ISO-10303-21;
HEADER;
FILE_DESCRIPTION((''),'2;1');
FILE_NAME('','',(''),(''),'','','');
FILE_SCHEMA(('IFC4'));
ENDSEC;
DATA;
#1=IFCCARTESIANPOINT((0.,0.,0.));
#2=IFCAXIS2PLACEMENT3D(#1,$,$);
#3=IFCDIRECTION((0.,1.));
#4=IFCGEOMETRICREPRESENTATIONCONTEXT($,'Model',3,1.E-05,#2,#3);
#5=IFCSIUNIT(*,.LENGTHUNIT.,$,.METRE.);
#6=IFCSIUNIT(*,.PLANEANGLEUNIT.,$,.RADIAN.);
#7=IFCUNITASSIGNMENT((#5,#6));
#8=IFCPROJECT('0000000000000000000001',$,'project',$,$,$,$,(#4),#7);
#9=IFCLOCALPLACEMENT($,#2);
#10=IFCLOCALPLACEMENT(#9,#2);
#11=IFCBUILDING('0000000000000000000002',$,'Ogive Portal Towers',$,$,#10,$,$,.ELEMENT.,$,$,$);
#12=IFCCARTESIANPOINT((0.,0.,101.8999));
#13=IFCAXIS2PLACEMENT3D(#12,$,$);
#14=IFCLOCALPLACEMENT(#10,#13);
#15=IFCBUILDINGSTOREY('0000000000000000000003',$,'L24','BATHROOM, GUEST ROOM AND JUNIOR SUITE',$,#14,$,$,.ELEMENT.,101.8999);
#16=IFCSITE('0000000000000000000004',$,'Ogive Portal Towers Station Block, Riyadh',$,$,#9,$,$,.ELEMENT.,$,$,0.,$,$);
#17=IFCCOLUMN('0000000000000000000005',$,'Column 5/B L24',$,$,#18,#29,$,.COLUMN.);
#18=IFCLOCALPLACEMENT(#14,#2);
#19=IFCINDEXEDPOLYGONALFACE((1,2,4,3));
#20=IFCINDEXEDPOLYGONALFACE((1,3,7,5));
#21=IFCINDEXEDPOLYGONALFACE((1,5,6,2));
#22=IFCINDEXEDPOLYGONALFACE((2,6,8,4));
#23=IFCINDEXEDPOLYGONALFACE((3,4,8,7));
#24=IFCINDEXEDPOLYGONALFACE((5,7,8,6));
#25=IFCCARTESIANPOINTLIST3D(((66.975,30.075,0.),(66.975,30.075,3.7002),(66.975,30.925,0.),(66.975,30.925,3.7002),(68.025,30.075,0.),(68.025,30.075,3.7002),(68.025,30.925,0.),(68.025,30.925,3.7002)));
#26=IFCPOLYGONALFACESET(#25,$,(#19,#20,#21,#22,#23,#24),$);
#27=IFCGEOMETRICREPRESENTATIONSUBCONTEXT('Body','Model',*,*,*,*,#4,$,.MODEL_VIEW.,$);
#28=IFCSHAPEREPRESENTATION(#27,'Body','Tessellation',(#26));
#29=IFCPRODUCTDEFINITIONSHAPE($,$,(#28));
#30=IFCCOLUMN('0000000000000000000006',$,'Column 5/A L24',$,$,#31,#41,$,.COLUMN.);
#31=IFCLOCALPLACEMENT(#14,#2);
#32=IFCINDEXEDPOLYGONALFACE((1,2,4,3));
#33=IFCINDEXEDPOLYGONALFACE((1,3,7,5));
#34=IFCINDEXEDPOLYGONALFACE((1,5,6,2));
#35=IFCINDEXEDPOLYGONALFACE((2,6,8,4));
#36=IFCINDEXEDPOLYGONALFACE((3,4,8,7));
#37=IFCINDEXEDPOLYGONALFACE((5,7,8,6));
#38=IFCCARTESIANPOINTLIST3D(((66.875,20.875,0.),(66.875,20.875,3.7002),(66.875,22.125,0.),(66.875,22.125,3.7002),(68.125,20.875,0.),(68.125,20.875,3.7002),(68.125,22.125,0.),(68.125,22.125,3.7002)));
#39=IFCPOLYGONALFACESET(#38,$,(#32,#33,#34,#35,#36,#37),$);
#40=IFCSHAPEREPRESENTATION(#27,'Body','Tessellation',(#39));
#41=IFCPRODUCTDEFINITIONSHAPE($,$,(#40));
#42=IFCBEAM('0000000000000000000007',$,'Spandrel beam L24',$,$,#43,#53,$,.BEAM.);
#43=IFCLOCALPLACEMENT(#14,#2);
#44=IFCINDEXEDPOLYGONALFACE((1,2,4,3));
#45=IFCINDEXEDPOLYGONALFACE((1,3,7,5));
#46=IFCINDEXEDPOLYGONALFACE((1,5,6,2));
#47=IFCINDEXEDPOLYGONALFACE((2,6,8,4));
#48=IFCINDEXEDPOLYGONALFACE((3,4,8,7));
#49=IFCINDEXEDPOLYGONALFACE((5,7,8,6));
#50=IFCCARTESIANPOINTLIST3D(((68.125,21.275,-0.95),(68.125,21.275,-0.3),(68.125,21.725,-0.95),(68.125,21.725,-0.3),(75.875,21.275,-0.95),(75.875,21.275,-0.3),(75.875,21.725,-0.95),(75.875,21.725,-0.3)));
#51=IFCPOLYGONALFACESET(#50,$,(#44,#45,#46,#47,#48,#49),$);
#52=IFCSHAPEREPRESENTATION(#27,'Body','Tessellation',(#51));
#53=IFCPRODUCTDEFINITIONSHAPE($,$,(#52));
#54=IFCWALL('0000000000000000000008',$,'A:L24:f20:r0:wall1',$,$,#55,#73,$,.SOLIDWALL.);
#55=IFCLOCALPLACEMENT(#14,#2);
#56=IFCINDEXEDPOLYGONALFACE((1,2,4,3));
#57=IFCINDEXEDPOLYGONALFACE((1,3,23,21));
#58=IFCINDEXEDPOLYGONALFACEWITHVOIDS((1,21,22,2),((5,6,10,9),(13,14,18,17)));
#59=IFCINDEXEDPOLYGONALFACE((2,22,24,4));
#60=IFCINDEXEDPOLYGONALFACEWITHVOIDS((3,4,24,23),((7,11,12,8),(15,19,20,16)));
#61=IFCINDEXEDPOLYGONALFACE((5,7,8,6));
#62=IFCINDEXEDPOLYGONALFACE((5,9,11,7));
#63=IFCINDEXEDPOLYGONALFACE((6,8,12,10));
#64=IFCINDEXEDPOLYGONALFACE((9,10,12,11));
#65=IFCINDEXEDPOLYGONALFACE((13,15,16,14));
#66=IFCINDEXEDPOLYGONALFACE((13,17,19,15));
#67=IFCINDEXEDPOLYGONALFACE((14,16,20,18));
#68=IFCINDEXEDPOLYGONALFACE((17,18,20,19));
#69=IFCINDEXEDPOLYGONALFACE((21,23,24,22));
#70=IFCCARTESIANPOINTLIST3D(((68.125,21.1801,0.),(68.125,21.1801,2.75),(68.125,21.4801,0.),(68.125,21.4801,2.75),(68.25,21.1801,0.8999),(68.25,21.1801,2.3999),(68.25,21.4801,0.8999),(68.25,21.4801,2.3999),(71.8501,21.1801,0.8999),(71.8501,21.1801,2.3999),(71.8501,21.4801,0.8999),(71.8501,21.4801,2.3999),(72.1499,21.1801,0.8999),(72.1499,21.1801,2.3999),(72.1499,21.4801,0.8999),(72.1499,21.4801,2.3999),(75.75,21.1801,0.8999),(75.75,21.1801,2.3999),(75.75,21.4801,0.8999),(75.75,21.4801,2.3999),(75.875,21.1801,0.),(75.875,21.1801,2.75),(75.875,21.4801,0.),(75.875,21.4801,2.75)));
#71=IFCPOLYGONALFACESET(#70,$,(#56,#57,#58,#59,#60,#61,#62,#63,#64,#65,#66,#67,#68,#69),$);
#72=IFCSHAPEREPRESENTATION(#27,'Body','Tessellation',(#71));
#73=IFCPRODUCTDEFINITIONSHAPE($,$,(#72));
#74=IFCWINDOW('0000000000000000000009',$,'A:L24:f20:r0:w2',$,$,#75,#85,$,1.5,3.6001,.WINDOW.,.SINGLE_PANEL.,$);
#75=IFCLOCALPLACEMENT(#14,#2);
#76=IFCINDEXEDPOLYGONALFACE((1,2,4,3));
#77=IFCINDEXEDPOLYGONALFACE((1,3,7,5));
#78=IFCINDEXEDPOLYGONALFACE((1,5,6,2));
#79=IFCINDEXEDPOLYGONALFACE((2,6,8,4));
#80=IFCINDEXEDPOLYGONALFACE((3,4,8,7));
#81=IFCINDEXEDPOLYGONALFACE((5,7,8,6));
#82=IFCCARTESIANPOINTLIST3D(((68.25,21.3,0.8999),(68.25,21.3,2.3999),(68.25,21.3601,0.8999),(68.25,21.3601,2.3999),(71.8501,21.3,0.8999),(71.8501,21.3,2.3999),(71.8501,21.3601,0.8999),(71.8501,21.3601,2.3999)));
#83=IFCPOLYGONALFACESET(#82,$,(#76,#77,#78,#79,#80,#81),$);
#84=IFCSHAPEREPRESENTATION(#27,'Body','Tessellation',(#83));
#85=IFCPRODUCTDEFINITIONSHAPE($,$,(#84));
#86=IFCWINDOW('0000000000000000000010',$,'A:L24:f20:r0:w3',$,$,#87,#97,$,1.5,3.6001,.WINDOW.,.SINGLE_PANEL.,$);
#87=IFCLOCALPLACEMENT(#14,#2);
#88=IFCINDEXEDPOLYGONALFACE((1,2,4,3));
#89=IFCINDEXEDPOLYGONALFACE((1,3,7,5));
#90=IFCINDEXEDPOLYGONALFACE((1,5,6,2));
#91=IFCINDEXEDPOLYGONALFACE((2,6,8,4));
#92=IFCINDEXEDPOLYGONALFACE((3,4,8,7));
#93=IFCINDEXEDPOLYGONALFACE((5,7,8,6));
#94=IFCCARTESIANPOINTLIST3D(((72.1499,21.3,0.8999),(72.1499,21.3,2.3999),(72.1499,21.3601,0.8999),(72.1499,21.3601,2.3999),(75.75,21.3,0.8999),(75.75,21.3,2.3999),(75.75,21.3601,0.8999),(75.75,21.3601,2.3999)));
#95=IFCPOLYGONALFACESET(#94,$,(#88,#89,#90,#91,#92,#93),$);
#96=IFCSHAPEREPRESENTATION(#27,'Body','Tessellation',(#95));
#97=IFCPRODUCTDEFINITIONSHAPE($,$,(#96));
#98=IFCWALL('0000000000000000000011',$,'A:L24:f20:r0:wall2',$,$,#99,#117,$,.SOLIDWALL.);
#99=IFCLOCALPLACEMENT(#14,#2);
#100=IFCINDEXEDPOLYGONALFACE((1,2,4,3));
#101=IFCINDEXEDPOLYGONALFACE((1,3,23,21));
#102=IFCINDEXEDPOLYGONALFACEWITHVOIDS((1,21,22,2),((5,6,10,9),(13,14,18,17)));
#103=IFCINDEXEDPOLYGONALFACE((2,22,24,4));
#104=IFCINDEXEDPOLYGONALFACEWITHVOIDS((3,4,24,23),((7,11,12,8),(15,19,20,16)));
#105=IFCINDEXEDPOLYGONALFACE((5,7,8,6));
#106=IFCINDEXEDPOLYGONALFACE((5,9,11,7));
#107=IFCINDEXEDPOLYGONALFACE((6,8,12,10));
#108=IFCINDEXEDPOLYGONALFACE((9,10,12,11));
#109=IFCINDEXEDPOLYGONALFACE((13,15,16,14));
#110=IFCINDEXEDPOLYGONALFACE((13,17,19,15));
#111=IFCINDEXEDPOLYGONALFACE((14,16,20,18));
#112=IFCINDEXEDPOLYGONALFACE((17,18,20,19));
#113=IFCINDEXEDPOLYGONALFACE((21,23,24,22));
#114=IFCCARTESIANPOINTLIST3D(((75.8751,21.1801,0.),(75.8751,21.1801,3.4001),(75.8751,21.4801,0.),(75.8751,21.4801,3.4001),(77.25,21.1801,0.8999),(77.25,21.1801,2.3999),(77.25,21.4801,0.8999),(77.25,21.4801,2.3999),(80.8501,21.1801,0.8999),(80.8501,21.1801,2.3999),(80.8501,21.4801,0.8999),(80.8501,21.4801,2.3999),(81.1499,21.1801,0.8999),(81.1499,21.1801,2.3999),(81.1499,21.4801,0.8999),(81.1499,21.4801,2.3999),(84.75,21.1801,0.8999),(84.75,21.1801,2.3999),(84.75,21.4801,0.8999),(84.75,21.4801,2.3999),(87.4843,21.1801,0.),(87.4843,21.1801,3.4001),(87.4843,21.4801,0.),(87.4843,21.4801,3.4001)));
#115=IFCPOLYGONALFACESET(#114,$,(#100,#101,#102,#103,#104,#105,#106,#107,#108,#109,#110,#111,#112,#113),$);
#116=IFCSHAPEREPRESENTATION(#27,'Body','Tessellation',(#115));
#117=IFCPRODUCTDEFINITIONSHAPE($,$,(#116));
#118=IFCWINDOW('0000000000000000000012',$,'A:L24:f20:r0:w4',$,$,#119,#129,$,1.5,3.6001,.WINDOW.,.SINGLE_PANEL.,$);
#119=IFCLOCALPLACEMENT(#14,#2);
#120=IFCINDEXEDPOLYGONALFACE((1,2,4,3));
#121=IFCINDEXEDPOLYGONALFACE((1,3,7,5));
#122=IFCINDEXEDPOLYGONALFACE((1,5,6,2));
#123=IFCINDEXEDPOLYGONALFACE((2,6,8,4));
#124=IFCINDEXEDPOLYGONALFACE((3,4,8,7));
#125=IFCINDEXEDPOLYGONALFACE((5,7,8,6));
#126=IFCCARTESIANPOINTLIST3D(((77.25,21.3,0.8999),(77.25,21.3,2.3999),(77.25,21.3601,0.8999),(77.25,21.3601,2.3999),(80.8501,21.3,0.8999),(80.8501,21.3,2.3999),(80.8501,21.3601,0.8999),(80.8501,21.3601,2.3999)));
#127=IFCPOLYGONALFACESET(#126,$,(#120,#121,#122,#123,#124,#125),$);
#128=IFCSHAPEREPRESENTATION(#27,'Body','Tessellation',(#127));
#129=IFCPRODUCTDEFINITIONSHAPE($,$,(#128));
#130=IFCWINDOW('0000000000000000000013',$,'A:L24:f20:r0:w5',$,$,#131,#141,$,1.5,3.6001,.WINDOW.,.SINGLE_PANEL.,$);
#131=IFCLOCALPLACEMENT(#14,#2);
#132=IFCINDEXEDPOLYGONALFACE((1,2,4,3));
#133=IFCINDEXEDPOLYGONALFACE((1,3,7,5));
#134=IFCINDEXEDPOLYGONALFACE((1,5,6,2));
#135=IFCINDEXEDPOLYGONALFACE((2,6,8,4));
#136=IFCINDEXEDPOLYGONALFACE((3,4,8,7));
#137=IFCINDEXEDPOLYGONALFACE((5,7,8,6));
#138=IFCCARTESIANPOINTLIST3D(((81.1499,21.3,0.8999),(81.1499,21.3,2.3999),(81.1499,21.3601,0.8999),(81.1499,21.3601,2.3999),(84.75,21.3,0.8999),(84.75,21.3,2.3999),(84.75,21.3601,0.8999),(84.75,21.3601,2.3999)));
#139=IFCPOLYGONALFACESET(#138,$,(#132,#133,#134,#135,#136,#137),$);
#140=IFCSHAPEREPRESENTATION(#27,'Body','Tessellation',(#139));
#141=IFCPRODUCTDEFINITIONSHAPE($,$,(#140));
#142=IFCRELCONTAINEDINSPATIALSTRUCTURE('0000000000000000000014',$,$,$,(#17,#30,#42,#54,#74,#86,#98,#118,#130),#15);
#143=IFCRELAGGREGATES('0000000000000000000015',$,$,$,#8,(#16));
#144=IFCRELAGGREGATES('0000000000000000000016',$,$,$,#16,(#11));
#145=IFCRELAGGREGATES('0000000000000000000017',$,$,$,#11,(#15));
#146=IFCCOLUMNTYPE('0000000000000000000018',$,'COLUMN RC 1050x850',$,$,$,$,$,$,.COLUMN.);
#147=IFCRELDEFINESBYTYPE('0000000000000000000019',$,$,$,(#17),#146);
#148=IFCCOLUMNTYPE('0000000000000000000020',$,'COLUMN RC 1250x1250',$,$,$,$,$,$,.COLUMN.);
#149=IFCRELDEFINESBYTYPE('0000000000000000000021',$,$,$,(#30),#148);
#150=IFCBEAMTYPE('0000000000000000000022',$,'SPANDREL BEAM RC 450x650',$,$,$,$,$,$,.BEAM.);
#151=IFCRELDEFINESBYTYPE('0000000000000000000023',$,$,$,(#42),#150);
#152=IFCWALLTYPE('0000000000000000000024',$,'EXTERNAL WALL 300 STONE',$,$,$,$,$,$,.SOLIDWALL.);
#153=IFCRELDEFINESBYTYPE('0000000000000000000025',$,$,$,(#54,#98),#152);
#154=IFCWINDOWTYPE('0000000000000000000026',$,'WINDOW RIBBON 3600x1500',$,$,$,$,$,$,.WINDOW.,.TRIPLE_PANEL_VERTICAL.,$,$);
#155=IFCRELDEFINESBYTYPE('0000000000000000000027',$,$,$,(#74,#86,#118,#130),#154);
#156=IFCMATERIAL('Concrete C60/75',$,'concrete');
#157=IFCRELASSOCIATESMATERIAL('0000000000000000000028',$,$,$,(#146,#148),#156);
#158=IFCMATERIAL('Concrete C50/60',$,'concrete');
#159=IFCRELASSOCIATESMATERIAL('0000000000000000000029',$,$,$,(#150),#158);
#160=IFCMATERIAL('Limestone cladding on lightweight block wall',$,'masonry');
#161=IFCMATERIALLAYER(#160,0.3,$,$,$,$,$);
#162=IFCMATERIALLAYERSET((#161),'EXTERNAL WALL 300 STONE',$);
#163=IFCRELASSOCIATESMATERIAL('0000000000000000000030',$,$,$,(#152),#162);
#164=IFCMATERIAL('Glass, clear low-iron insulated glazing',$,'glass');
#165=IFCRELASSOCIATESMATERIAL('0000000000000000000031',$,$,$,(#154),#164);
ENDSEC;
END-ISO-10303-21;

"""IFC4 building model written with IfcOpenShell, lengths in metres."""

from ifc_helpers import new_model, si_unit, direction, frame, frame_2d, origin, origin_2d, place, context, subcontext, project, spatial, rectangle, extrude, material, layer, layer_set, material_profile, profile_set, type_object, element, fill, save


model = new_model("IFC4")

# Units and contexts
model_context = context("Model", 3, precision=1e-05, world=origin(), true_north=direction((0.0, 1.0)))
body_context = subcontext(model_context, "Body", "Model", "MODEL_VIEW")
ifc_project = project(units=[si_unit("LENGTHUNIT", "METRE"), si_unit("PLANEANGLEUNIT", "RADIAN")], contexts=[model_context])

# Site, building, storey
site_placement = place(None, origin())
site = spatial("IfcSite", under=ifc_project, at=site_placement, Name="Ogive Portal Towers Station Block, Riyadh", CompositionType="ELEMENT", RefElevation=0.0)
building_placement = place(site_placement, origin())
building = spatial("IfcBuilding", under=site, at=building_placement, Name="Ogive Portal Towers", CompositionType="ELEMENT")
storey_placement = place(building_placement, frame((0.0, 0.0, 101.8999)))
storey = spatial("IfcBuildingStorey", under=building, at=storey_placement, Name="L24", Description="BATHROOM, GUEST ROOM AND JUNIOR SUITE", CompositionType="ELEMENT", Elevation=101.8999)

# Columns
ifc_material_1 = material(Name="Concrete C60/75", Category="concrete")
ifc_material_profile_1 = material_profile(ifc_material_1, rectangle(XDim=1.05, YDim=0.8501, at=origin_2d()), Name="RC 1050x850")
ifc_profile_set_1 = profile_set([ifc_material_profile_1], Name="Concrete C60/75")
column_type_1 = type_object("IfcColumnType", Name="COLUMN RC 1050x850", PredefinedType="COLUMN", material=ifc_profile_set_1)
column_1_placement = place(storey_placement, frame((67.5, 30.5, 0.0), z_axis=(0.0, 0.0, 1.0), x_axis=(1.0, 0.0, 0.0)))
element("IfcColumn", 1, at=column_1_placement, inside=storey, type_object=column_type_1, Name="Column 5/B L24", PredefinedType="COLUMN", context=body_context, shape_type="SweptSolid", body=[
    extrude(rectangle(XDim=1.05, YDim=0.8501, at=origin_2d()), origin(), (0.0, 0.0, 1.0), 3.7002),
])
ifc_material_profile_2 = material_profile(ifc_material_1, rectangle(XDim=1.25, YDim=1.25, at=origin_2d()), Name="RC 1250x1250")
ifc_profile_set_2 = profile_set([ifc_material_profile_2], Name="Concrete C60/75")
column_type_2 = type_object("IfcColumnType", Name="COLUMN RC 1250x1250", PredefinedType="COLUMN", material=ifc_profile_set_2)
column_2_placement = place(storey_placement, frame((67.5, 21.5, 0.0), z_axis=(0.0, 0.0, 1.0), x_axis=(1.0, 0.0, 0.0)))
element("IfcColumn", 2, at=column_2_placement, inside=storey, type_object=column_type_2, Name="Column 5/A L24", PredefinedType="COLUMN", context=body_context, shape_type="SweptSolid", body=[
    extrude(rectangle(XDim=1.25, YDim=1.25, at=origin_2d()), origin(), (0.0, 0.0, 1.0), 3.7002),
])

# Beam
ifc_material_2 = material(Name="Concrete C50/60", Category="concrete")
ifc_material_profile_3 = material_profile(ifc_material_2, rectangle(XDim=0.45, YDim=0.6499, at=origin_2d()), Name="RC 450x650")
ifc_profile_set_3 = profile_set([ifc_material_profile_3], Name="Concrete C50/60")
beam_type = type_object("IfcBeamType", Name="SPANDREL BEAM RC 450x650", PredefinedType="BEAM", material=ifc_profile_set_3)
beam_placement = place(storey_placement, frame((75.875, 21.5, -0.625), z_axis=(-1.0, 0.0, 0.0), x_axis=(0.0, -1.0, 0.0)))
element("IfcBeam", 3, at=beam_placement, inside=storey, type_object=beam_type, Name="Spandrel beam L24", PredefinedType="BEAM", context=body_context, shape_type="SweptSolid", body=[
    extrude(rectangle(XDim=0.45, YDim=0.6499, at=origin_2d()), origin(), (0.0, 0.0, 1.0), 7.75),
])

# Walls, openings, windows
ifc_material_3 = material(Name="Limestone cladding on lightweight block wall", Category="masonry")
ifc_layer_1 = layer(ifc_material_3, 0.3)
ifc_layer_set_1 = layer_set([ifc_layer_1], Name="EXTERNAL WALL 300 STONE")
wall_type_1 = type_object("IfcWallType", Name="EXTERNAL WALL 300 STONE", PredefinedType="SOLIDWALL", material=ifc_layer_set_1)
wall_1_placement = place(storey_placement, frame((68.125, 21.3301, 0.0), z_axis=(0.0, 0.0, 1.0), x_axis=(1.0, 0.0, 0.0)))
wall_1 = element("IfcWall", 4, at=wall_1_placement, inside=storey, type_object=wall_type_1, Name="A:L24:f20:r0:wall1", PredefinedType="SOLIDWALL", context=body_context, shape_type="SweptSolid", body=[
    extrude(rectangle(XDim=7.75, YDim=0.3, at=frame_2d((3.875, 0.0))), origin(), (0.0, 0.0, 1.0), 2.75),
])
opening_1_placement = place(wall_1_placement, frame((0.125, 0.0, 0.8999)))
opening_1 = element("IfcOpeningElement", 5, at=opening_1_placement, cuts=wall_1, PredefinedType="OPENING", context=body_context, shape_type="SweptSolid", body=[
    extrude(rectangle(XDim=3.6001, YDim=1.5, at=frame_2d((1.8, 0.75))), frame((0.0, 0.1602, 0.0), z_axis=(0.0, -1.0, 0.0), x_axis=(1.0, 0.0, 0.0)), (0.0, 0.0, 1.0), 0.3201),
])
opening_2_placement = place(wall_1_placement, frame((4.0249, 0.0, 0.8999)))
opening_2 = element("IfcOpeningElement", 6, at=opening_2_placement, cuts=wall_1, PredefinedType="OPENING", context=body_context, shape_type="SweptSolid", body=[
    extrude(rectangle(XDim=3.6001, YDim=1.5, at=frame_2d((1.8, 0.75))), frame((0.0, 0.1602, 0.0), z_axis=(0.0, -1.0, 0.0), x_axis=(1.0, 0.0, 0.0)), (0.0, 0.0, 1.0), 0.3201),
])
ifc_material_4 = material(Name="Glass, clear low-iron insulated glazing", Category="glass")
window_type = type_object("IfcWindowType", Name="WINDOW RIBBON 3600x1500", PartitioningType="TRIPLE_PANEL_VERTICAL", PredefinedType="WINDOW", material=ifc_material_4)
window_1_placement = place(opening_1_placement, origin())
window_1 = element("IfcWindow", 7, at=window_1_placement, inside=storey, type_object=window_type, Name="A:L24:f20:r0:w2", OverallHeight=1.5, OverallWidth=3.6001, PartitioningType="SINGLE_PANEL", PredefinedType="WINDOW", context=body_context, shape_type="SweptSolid", body=[
    extrude(rectangle(XDim=3.6001, YDim=1.5, at=frame_2d((1.8, 0.75))), frame((0.0, 0.03, 0.0), z_axis=(0.0, -1.0, 0.0), x_axis=(1.0, 0.0, 0.0)), (0.0, 0.0, 1.0), 0.0601),
])
fill(opening_1, window_1)
window_2_placement = place(opening_2_placement, origin())
window_2 = element("IfcWindow", 8, at=window_2_placement, inside=storey, type_object=window_type, Name="A:L24:f20:r0:w3", OverallHeight=1.5, OverallWidth=3.6001, PartitioningType="SINGLE_PANEL", PredefinedType="WINDOW", context=body_context, shape_type="SweptSolid", body=[
    extrude(rectangle(XDim=3.6001, YDim=1.5, at=frame_2d((1.8, 0.75))), frame((0.0, 0.03, 0.0), z_axis=(0.0, -1.0, 0.0), x_axis=(1.0, 0.0, 0.0)), (0.0, 0.0, 1.0), 0.0601),
])
fill(opening_2, window_2)
wall_2_placement = place(storey_placement, frame((75.875, 21.3301, 0.0), z_axis=(0.0, 0.0, 1.0), x_axis=(1.0, 0.0, 0.0)))
wall_2 = element("IfcWall", 9, at=wall_2_placement, inside=storey, type_object=wall_type_1, Name="A:L24:f20:r0:wall2", PredefinedType="SOLIDWALL", context=body_context, shape_type="SweptSolid", body=[
    extrude(rectangle(XDim=11.6091, YDim=0.3, at=frame_2d((5.8047, 0.0))), origin(), (0.0, 0.0, 1.0), 3.4001),
])
opening_3_placement = place(wall_2_placement, frame((1.375, 0.0, 0.8999)))
opening_3 = element("IfcOpeningElement", 10, at=opening_3_placement, cuts=wall_2, PredefinedType="OPENING", context=body_context, shape_type="SweptSolid", body=[
    extrude(rectangle(XDim=3.6001, YDim=1.5, at=frame_2d((1.8, 0.75))), frame((0.0, 0.1602, 0.0), z_axis=(0.0, -1.0, 0.0), x_axis=(1.0, 0.0, 0.0)), (0.0, 0.0, 1.0), 0.3201),
])
opening_4_placement = place(wall_2_placement, frame((5.2749, 0.0, 0.8999)))
opening_4 = element("IfcOpeningElement", 11, at=opening_4_placement, cuts=wall_2, PredefinedType="OPENING", context=body_context, shape_type="SweptSolid", body=[
    extrude(rectangle(XDim=3.6001, YDim=1.5, at=frame_2d((1.8, 0.75))), frame((0.0, 0.1602, 0.0), z_axis=(0.0, -1.0, 0.0), x_axis=(1.0, 0.0, 0.0)), (0.0, 0.0, 1.0), 0.3201),
])
window_3_placement = place(opening_3_placement, origin())
window_3 = element("IfcWindow", 12, at=window_3_placement, inside=storey, type_object=window_type, Name="A:L24:f20:r0:w4", OverallHeight=1.5, OverallWidth=3.6001, PartitioningType="SINGLE_PANEL", PredefinedType="WINDOW", context=body_context, shape_type="SweptSolid", body=[
    extrude(rectangle(XDim=3.6001, YDim=1.5, at=frame_2d((1.8, 0.75))), frame((0.0, 0.03, 0.0), z_axis=(0.0, -1.0, 0.0), x_axis=(1.0, 0.0, 0.0)), (0.0, 0.0, 1.0), 0.0601),
])
fill(opening_3, window_3)
window_4_placement = place(opening_4_placement, origin())
window_4 = element("IfcWindow", 13, at=window_4_placement, inside=storey, type_object=window_type, Name="A:L24:f20:r0:w5", OverallHeight=1.5, OverallWidth=3.6001, PartitioningType="SINGLE_PANEL", PredefinedType="WINDOW", context=body_context, shape_type="SweptSolid", body=[
    extrude(rectangle(XDim=3.6001, YDim=1.5, at=frame_2d((1.8, 0.75))), frame((0.0, 0.03, 0.0), z_axis=(0.0, -1.0, 0.0), x_axis=(1.0, 0.0, 0.0)), (0.0, 0.0, 1.0), 0.0601),
])
fill(opening_4, window_4)

save(model, "model.ifc")
